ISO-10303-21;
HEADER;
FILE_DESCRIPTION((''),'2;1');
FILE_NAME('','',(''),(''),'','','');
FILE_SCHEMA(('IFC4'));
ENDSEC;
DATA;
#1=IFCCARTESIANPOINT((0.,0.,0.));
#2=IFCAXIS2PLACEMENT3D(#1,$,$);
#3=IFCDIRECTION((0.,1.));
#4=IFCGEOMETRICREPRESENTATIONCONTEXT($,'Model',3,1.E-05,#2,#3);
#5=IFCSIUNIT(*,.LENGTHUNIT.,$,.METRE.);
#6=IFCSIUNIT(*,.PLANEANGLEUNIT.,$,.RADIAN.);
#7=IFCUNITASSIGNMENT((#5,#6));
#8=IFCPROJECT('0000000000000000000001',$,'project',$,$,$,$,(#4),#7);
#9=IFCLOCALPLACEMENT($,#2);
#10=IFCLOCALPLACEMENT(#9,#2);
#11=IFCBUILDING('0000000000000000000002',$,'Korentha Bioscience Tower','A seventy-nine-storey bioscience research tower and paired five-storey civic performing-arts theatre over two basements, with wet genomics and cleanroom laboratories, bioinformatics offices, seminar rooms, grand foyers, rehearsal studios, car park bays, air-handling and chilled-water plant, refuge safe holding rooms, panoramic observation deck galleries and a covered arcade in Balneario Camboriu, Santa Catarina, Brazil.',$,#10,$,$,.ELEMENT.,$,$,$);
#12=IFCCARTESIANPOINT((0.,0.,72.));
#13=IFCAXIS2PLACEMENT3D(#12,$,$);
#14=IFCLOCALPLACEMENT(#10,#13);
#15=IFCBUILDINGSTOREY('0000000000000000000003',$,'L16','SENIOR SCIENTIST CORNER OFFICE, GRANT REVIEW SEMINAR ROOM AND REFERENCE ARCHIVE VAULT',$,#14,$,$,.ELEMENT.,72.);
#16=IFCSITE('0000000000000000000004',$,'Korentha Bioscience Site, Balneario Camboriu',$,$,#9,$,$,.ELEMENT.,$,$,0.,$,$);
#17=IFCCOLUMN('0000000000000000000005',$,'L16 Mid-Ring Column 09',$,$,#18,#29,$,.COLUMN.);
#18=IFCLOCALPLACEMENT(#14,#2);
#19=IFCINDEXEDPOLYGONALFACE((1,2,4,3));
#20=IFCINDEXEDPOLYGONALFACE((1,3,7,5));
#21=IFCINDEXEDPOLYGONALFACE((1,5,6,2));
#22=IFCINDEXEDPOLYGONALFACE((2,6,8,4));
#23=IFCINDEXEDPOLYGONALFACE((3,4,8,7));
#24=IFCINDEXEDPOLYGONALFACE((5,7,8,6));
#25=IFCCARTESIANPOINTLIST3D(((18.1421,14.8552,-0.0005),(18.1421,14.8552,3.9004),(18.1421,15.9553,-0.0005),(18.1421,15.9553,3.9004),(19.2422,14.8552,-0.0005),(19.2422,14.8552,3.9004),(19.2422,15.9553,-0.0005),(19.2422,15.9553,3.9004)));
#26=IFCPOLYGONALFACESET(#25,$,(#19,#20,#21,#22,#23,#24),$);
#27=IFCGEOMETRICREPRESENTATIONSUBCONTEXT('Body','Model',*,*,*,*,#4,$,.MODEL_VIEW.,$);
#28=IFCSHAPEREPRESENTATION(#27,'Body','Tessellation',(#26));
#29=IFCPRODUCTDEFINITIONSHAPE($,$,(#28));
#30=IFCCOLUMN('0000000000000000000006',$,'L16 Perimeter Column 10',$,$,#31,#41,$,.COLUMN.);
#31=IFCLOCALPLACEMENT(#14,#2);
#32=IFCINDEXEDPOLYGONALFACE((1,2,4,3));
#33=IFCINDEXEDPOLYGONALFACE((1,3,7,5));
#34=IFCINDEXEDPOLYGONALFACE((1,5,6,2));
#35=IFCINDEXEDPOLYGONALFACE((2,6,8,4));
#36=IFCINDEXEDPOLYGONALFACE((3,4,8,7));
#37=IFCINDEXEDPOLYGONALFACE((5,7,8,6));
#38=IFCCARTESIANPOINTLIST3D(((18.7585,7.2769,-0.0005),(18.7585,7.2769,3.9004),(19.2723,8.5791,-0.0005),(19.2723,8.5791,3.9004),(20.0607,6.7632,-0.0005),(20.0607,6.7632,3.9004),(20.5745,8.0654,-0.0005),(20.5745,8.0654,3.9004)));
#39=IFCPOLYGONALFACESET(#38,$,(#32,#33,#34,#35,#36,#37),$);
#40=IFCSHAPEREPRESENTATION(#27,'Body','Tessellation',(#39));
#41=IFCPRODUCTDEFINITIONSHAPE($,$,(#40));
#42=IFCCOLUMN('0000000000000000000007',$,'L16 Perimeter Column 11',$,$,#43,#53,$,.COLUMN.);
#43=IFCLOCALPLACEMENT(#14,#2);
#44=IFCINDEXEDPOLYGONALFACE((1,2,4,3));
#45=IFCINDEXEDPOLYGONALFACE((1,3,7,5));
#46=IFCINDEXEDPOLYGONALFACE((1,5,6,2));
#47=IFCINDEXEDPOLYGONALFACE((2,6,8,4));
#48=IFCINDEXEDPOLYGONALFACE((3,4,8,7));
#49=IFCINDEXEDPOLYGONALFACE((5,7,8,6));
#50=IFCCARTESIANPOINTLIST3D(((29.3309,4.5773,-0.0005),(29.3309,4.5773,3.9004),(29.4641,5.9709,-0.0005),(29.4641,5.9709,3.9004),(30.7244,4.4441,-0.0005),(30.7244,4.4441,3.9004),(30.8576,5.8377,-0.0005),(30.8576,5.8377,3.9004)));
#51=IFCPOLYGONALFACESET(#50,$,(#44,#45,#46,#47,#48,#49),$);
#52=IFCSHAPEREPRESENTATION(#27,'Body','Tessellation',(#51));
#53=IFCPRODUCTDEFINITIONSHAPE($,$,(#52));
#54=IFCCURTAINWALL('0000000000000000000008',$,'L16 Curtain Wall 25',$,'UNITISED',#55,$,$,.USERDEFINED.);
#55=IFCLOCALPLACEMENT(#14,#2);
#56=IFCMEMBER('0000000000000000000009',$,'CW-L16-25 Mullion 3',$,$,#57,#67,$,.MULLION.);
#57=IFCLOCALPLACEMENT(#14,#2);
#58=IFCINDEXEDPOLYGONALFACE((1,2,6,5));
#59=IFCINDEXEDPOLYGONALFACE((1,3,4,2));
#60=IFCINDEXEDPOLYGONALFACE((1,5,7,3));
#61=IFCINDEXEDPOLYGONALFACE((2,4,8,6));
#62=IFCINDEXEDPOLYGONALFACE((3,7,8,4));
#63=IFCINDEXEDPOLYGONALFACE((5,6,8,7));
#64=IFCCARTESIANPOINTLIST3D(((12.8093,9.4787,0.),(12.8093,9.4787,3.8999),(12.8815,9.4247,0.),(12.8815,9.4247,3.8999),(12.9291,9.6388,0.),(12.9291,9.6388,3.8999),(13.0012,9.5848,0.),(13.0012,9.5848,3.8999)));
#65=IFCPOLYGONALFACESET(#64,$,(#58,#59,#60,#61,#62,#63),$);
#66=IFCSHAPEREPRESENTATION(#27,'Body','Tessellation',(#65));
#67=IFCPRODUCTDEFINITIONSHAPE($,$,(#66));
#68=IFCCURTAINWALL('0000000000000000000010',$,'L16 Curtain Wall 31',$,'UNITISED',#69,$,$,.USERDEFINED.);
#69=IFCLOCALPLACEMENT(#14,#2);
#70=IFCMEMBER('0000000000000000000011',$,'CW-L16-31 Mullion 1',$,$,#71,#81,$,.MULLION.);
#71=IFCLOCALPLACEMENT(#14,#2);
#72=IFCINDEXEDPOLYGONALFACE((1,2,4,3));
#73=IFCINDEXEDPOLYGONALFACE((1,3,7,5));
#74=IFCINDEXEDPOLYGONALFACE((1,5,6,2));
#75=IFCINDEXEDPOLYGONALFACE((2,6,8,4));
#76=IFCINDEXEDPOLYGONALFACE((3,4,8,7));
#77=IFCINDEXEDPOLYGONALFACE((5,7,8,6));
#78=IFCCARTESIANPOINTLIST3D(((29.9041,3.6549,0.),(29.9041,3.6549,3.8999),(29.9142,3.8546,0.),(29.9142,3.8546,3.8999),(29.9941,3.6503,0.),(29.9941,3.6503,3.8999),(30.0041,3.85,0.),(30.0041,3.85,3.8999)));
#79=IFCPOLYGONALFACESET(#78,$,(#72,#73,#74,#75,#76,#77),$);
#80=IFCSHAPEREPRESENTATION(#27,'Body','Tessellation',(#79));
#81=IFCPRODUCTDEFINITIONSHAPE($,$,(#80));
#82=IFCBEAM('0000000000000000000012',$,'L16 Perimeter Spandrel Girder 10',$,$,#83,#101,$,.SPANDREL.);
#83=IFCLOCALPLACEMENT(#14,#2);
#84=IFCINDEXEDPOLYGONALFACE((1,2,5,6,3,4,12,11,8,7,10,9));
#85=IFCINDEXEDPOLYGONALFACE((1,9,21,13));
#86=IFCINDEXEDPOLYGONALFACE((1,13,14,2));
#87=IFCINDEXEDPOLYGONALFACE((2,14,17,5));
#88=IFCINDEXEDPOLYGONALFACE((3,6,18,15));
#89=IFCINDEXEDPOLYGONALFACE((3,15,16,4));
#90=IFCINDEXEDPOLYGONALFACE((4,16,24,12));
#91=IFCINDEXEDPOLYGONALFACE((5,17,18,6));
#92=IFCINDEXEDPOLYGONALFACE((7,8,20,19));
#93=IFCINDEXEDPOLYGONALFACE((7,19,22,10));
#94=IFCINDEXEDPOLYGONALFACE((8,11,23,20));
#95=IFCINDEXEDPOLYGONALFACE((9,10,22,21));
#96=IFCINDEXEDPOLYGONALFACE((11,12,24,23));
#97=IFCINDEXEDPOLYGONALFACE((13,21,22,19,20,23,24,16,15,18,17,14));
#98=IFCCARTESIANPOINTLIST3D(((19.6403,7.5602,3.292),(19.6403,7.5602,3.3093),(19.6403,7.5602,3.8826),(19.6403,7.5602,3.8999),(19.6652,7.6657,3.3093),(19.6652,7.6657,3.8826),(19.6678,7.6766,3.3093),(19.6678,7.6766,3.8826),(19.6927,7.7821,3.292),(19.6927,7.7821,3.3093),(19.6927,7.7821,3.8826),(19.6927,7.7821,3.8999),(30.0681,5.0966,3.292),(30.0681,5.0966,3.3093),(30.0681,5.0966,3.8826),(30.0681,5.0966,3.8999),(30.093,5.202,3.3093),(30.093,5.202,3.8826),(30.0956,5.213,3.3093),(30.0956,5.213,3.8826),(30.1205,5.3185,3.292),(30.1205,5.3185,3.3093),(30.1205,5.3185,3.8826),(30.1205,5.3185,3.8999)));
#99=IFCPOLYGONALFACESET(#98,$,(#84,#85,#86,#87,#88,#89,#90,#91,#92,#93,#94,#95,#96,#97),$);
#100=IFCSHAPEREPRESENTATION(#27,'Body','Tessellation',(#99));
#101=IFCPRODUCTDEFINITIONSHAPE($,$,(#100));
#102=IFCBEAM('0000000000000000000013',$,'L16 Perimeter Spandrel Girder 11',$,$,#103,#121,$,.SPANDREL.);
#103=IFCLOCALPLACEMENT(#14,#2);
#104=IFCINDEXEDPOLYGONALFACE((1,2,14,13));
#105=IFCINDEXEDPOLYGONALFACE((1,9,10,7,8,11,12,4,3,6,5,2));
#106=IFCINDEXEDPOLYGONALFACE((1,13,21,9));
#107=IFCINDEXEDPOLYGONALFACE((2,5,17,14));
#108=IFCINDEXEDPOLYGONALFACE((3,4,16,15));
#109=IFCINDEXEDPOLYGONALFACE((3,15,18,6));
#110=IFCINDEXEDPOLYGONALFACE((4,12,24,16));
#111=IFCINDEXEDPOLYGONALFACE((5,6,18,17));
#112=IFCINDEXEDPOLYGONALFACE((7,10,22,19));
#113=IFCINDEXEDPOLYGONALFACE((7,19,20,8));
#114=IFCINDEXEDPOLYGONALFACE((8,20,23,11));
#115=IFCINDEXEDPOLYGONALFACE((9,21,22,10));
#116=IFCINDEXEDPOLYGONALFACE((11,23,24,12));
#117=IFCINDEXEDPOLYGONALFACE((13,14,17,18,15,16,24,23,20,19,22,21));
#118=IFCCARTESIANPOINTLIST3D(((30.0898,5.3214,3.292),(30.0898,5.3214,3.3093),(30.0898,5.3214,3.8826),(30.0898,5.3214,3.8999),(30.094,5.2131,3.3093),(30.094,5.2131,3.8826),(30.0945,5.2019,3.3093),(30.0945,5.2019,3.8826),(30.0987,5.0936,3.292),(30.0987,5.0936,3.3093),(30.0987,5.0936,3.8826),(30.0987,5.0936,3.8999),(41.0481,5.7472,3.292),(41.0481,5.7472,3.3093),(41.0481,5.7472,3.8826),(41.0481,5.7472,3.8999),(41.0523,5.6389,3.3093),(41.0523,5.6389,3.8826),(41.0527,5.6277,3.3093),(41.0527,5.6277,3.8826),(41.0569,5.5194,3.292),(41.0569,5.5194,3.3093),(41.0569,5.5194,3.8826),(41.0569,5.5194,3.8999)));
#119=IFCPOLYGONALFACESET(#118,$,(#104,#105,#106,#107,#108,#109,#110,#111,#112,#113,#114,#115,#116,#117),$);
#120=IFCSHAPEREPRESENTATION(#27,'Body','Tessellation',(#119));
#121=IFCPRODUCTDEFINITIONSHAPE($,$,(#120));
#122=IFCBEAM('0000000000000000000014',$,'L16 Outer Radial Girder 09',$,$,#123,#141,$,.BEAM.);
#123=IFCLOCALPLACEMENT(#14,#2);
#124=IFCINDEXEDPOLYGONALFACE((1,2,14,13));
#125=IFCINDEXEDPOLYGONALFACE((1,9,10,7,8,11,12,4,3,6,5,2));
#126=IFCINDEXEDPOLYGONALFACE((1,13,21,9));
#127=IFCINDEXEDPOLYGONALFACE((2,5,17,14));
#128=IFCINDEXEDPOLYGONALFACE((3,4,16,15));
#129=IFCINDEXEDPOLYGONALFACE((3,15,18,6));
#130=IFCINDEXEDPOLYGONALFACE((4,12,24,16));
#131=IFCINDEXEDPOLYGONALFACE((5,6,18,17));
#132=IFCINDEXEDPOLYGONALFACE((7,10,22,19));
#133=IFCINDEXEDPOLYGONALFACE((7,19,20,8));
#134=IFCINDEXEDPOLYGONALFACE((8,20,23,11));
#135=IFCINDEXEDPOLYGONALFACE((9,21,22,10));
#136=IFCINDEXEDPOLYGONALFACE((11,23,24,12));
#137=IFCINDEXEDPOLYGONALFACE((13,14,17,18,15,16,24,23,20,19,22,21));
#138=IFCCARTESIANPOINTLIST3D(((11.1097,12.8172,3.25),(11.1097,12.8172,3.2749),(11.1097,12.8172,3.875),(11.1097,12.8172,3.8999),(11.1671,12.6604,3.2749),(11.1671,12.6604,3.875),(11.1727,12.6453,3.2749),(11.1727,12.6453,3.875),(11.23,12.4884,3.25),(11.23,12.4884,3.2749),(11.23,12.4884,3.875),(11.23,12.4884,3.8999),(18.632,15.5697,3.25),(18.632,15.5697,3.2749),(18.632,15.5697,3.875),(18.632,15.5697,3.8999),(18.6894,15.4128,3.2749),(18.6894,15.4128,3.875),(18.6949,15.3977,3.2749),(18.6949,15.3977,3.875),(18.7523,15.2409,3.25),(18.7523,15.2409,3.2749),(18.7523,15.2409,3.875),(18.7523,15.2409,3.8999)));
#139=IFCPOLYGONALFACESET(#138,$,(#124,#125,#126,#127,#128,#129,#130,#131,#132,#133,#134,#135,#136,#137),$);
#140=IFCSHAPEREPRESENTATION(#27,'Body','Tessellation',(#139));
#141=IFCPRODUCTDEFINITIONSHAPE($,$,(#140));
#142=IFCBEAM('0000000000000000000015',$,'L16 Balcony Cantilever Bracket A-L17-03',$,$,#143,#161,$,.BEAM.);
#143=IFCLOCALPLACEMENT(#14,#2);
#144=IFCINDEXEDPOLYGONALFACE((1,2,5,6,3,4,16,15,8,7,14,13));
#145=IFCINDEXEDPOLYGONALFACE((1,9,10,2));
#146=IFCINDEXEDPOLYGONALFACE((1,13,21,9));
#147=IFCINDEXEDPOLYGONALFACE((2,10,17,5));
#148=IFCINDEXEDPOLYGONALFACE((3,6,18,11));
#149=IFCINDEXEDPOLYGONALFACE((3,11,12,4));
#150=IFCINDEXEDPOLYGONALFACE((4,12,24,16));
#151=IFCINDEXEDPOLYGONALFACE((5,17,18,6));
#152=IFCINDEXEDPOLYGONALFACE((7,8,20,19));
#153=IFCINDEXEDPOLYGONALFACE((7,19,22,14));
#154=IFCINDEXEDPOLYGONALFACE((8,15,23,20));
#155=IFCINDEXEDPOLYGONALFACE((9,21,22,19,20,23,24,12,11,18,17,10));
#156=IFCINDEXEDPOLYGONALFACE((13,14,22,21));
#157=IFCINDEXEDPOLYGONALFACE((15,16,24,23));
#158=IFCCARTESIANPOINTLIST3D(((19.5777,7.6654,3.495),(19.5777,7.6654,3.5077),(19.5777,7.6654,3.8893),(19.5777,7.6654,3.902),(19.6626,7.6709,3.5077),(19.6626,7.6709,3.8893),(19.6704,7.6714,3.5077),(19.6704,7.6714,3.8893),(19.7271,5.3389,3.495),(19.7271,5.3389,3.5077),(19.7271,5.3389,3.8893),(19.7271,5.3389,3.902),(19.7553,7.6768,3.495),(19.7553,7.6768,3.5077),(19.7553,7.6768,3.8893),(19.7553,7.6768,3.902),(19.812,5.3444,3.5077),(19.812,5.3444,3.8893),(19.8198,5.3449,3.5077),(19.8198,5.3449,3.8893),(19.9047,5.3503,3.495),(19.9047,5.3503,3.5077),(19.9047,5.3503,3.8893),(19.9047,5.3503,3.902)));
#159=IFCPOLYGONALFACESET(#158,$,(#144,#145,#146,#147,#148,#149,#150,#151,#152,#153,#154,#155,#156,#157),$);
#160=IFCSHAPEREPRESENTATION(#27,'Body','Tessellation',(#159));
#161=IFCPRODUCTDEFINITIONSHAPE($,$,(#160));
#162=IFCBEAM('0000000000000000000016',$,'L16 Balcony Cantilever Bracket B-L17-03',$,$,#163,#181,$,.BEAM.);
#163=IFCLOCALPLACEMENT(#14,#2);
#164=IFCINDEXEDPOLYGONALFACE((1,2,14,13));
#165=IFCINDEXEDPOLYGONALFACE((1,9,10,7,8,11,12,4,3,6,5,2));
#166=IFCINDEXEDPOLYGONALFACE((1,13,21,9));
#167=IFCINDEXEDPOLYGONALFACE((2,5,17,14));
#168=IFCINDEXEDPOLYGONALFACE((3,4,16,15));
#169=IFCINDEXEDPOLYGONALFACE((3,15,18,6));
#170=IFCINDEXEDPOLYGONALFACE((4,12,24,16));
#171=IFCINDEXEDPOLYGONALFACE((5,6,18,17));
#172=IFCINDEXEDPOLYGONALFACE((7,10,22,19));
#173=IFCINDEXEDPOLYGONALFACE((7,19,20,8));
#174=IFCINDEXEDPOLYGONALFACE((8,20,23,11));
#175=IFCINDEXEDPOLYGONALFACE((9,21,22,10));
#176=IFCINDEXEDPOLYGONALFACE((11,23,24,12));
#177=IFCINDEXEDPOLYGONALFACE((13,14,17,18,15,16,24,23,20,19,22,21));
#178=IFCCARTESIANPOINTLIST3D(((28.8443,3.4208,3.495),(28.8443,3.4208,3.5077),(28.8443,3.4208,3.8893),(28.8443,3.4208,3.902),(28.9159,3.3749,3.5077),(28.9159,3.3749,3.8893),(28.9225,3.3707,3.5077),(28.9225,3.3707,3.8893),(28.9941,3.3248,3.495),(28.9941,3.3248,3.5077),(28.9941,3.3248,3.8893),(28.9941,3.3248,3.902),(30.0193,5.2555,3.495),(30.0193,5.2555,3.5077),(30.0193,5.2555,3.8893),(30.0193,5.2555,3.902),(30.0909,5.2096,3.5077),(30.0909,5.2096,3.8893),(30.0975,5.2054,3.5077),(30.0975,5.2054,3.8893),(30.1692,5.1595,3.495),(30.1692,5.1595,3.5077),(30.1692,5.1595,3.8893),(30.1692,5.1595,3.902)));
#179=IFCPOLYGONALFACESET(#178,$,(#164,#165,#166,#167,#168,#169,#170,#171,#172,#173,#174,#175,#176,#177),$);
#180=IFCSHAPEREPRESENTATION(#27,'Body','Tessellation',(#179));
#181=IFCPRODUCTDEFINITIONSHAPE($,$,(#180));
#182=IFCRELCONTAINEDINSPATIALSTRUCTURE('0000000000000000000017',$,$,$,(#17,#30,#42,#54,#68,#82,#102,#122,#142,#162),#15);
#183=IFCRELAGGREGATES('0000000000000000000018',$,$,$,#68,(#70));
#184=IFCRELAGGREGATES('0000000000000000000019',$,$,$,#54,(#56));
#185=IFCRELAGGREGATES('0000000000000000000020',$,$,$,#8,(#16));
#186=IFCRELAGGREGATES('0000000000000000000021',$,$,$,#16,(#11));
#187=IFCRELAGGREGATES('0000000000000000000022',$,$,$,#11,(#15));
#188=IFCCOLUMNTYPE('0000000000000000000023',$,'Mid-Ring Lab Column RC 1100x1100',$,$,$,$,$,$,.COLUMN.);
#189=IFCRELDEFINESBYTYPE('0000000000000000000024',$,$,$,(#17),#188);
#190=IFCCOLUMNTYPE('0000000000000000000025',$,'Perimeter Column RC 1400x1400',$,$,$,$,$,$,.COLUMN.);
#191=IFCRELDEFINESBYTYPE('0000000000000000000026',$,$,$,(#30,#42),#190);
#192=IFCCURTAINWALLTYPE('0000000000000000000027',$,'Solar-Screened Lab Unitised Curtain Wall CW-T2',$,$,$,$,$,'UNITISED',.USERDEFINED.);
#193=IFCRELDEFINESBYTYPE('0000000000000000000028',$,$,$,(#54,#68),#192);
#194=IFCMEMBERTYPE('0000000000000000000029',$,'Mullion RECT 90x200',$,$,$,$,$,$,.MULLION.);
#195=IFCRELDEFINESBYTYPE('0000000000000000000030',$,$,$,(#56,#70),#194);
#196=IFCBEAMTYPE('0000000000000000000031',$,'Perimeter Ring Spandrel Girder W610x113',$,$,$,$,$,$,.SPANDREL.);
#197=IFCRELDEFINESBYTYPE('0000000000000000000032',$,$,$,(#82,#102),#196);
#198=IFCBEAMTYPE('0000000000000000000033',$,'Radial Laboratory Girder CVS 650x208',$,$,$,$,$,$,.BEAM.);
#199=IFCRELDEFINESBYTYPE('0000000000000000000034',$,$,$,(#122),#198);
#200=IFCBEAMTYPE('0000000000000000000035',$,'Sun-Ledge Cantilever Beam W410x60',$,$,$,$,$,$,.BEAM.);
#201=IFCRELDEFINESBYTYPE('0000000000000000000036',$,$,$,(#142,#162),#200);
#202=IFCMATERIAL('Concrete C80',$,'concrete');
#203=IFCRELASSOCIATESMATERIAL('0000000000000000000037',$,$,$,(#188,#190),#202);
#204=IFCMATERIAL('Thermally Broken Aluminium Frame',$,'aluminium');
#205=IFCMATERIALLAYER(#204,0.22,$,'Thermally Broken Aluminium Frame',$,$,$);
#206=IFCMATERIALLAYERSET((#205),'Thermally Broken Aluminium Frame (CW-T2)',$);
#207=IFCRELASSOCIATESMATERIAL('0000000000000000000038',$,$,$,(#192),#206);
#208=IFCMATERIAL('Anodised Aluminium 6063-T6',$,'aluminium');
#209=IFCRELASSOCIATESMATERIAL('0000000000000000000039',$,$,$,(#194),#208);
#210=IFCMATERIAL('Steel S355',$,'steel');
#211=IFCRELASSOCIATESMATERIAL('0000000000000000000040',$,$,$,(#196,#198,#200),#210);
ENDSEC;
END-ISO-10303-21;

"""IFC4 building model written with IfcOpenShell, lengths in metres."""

from ifc_helpers import new_model, si_unit, direction, frame, origin, origin_2d, place, context, subcontext, project, spatial, rectangle, i_section, extrude, material, layer, layer_set, material_profile, profile_set, type_object, element, aggregate, save


model = new_model("IFC4")

# Units and contexts
model_context = context("Model", 3, precision=1e-05, world=origin(), true_north=direction((0.0, 1.0)))
body_context = subcontext(model_context, "Body", "Model", "MODEL_VIEW")
ifc_project = project(units=[si_unit("LENGTHUNIT", "METRE"), si_unit("PLANEANGLEUNIT", "RADIAN")], contexts=[model_context])

# Site, building, storey
site_placement = place(None, origin())
site = spatial("IfcSite", under=ifc_project, at=site_placement, Name="Korentha Bioscience Site, Balneario Camboriu", CompositionType="ELEMENT", RefElevation=0.0)
building_placement = place(site_placement, origin())
building = spatial("IfcBuilding", under=site, at=building_placement, Name="Korentha Bioscience Tower", Description="A seventy-nine-storey bioscience research tower and paired five-storey civic performing-arts theatre over two basements, with wet genomics and cleanroom laboratories, bioinformatics offices, seminar rooms, grand foyers, rehearsal studios, car park bays, air-handling and chilled-water plant, refuge safe holding rooms, panoramic observation deck galleries and a covered arcade in Balneario Camboriu, Santa Catarina, Brazil.", CompositionType="ELEMENT")
storey_placement = place(building_placement, frame((0.0, 0.0, 72.0)))
storey = spatial("IfcBuildingStorey", under=building, at=storey_placement, Name="L16", Description="SENIOR SCIENTIST CORNER OFFICE, GRANT REVIEW SEMINAR ROOM AND REFERENCE ARCHIVE VAULT", CompositionType="ELEMENT", Elevation=72.0)

# Columns
ifc_material_1 = material(Name="Concrete C80", Category="concrete")
ifc_material_profile_1 = material_profile(ifc_material_1, rectangle(XDim=1.1001, YDim=1.1001, at=origin_2d()), Name="Concrete C80")
ifc_profile_set_1 = profile_set([ifc_material_profile_1], Name="Concrete C80 (COL-MR11)")
column_type_1 = type_object("IfcColumnType", Name="Mid-Ring Lab Column RC 1100x1100", PredefinedType="COLUMN", material=ifc_profile_set_1)
column_placement = place(storey_placement, frame((18.6921, 15.4053, -0.0005), z_axis=(0.0, 0.0, 1.0), x_axis=(1.0, 0.0, 0.0)))
element("IfcColumn", 1, at=column_placement, inside=storey, type_object=column_type_1, Name="L16 Mid-Ring Column 09", PredefinedType="COLUMN", context=body_context, shape_type="SweptSolid", body=[
    extrude(rectangle(XDim=1.1001, YDim=1.1001, at=origin_2d()), origin(), (0.0, 0.0, 1.0), 3.9009),
])
ifc_material_profile_2 = material_profile(ifc_material_1, rectangle(XDim=1.3999, YDim=1.3999, at=origin_2d()), Name="Concrete C80")
ifc_profile_set_2 = profile_set([ifc_material_profile_2], Name="Concrete C80 (COL-P14)")
column_type_2 = type_object("IfcColumnType", Name="Perimeter Column RC 1400x1400", PredefinedType="COLUMN", material=ifc_profile_set_2)
for number, where, z_axis, x_axis, name in (
    (2, (19.6665, 7.6711, -0.0005), (0.0, 0.0, 1.0), (-0.930226, 0.366988, 0.0), "L16 Perimeter Column 10"),
    (3, (30.0942, 5.2075, -0.0005), (0.0, 0.0, 1.0), (-0.995463, 0.095151, 0.0), "L16 Perimeter Column 11"),
):
    element("IfcColumn", number, at=place(storey_placement, frame(where, z_axis=z_axis, x_axis=x_axis)), inside=storey, type_object=column_type_2, Name=name, PredefinedType="COLUMN", context=body_context, shape_type="SweptSolid", body=[
        extrude(rectangle(XDim=1.3999, YDim=1.3999, at=origin_2d()), origin(), (0.0, 0.0, 1.0), 3.9009),
    ])

# Curtain walls, members
ifc_material_2 = material(Name="Thermally Broken Aluminium Frame", Category="aluminium")
ifc_layer_1 = layer(ifc_material_2, 0.22, Name="Thermally Broken Aluminium Frame")
ifc_layer_set_1 = layer_set([ifc_layer_1], Name="Thermally Broken Aluminium Frame (CW-T2)")
curtain_wall_type = type_object("IfcCurtainWallType", Name="Solar-Screened Lab Unitised Curtain Wall CW-T2", ElementType="UNITISED", PredefinedType="USERDEFINED", material=ifc_layer_set_1)
curtain_wall_1_placement = place(storey_placement, origin())
curtain_wall_1 = element("IfcCurtainWall", 4, at=curtain_wall_1_placement, inside=storey, type_object=curtain_wall_type, Name="L16 Curtain Wall 25", ObjectType="UNITISED", PredefinedType="USERDEFINED")
ifc_material_3 = material(Name="Anodised Aluminium 6063-T6", Category="aluminium")
ifc_material_profile_3 = material_profile(ifc_material_3, rectangle(XDim=0.0901, YDim=0.2, at=origin_2d()), Name="Anodised Aluminium 6063-T6")
ifc_profile_set_3 = profile_set([ifc_material_profile_3], Name="Anodised Aluminium 6063-T6 (CW-MUL)")
member_type_1 = type_object("IfcMemberType", Name="Mullion RECT 90x200", PredefinedType="MULLION", material=ifc_profile_set_3)
member_1_placement = place(storey_placement, frame((12.9053, 9.5317, 0.0), z_axis=(0.0, 0.0, 1.0), x_axis=(0.800798, -0.598935, 0.0)))
member_1 = element("IfcMember", 5, at=member_1_placement, type_object=member_type_1, Name="CW-L16-25 Mullion 3", PredefinedType="MULLION", context=body_context, shape_type="SweptSolid", body=[
    extrude(rectangle(XDim=0.0901, YDim=0.2, at=origin_2d()), origin(), (0.0, 0.0, 1.0), 3.8999),
])
curtain_wall_2_placement = place(storey_placement, origin())
curtain_wall_2 = element("IfcCurtainWall", 6, at=curtain_wall_2_placement, inside=storey, type_object=curtain_wall_type, Name="L16 Curtain Wall 31", ObjectType="UNITISED", PredefinedType="USERDEFINED")
member_2_placement = place(storey_placement, frame((29.9541, 3.7524, 0.0), z_axis=(0.0, 0.0, 1.0), x_axis=(0.998731, -0.050371, 0.0)))
member_2 = element("IfcMember", 7, at=member_2_placement, type_object=member_type_1, Name="CW-L16-31 Mullion 1", PredefinedType="MULLION", context=body_context, shape_type="SweptSolid", body=[
    extrude(rectangle(XDim=0.0901, YDim=0.2, at=origin_2d()), origin(), (0.0, 0.0, 1.0), 3.8999),
])

# Beams
ifc_material_4 = material(Name="Steel S355", Category="steel")
ifc_material_profile_4 = material_profile(ifc_material_4, i_section(OverallWidth=0.228, OverallDepth=0.6079, WebThickness=0.0112, FlangeThickness=0.0173, at=origin_2d()), Name="Steel S355")
ifc_profile_set_4 = profile_set([ifc_material_profile_4], Name="Steel S355 (SB-610)")
beam_type_1 = type_object("IfcBeamType", Name="Perimeter Ring Spandrel Girder W610x113", PredefinedType="SPANDREL", material=ifc_profile_set_4)
beam_1_placement = place(storey_placement, frame((19.6665, 7.6711, 3.5959), z_axis=(0.973208, -0.229927, 0.0), x_axis=(0.229927, 0.973208, 0.0)))
element("IfcBeam", 8, at=beam_1_placement, inside=storey, type_object=beam_type_1, Name="L16 Perimeter Spandrel Girder 10", PredefinedType="SPANDREL", context=body_context, shape_type="SweptSolid", body=[
    extrude(i_section(OverallWidth=0.228, OverallDepth=0.6079, WebThickness=0.0112, FlangeThickness=0.0173, at=origin_2d()), origin(), (0.0, 0.0, 1.0), 10.7148),
])
beam_2_placement = place(storey_placement, frame((30.0942, 5.2075, 3.5959), z_axis=(0.999246, 0.038826, 0.0), x_axis=(-0.038826, 0.999246, 0.0)))
element("IfcBeam", 9, at=beam_2_placement, inside=storey, type_object=beam_type_1, Name="L16 Perimeter Spandrel Girder 11", PredefinedType="SPANDREL", context=body_context, shape_type="SweptSolid", body=[
    extrude(i_section(OverallWidth=0.228, OverallDepth=0.6079, WebThickness=0.0112, FlangeThickness=0.0173, at=origin_2d()), origin(), (0.0, 0.0, 1.0), 10.9666),
])
ifc_material_profile_5 = material_profile(ifc_material_4, i_section(OverallWidth=0.3501, OverallDepth=0.6499, WebThickness=0.0161, FlangeThickness=0.0249, at=origin_2d()), Name="Steel S355")
ifc_profile_set_5 = profile_set([ifc_material_profile_5], Name="Steel S355 (RB-650)")
beam_type_2 = type_object("IfcBeamType", Name="Radial Laboratory Girder CVS 650x208", PredefinedType="BEAM", material=ifc_profile_set_5)
beam_3_placement = place(storey_placement, frame((18.6921, 15.4053, 3.575), z_axis=(-0.939106, -0.343627, 0.0), x_axis=(0.343627, -0.939106, 0.0)))
element("IfcBeam", 10, at=beam_3_placement, inside=storey, type_object=beam_type_2, Name="L16 Outer Radial Girder 09", PredefinedType="BEAM", context=body_context, shape_type="SweptSolid", body=[
    extrude(i_section(OverallWidth=0.3501, OverallDepth=0.6499, WebThickness=0.0161, FlangeThickness=0.0249, at=origin_2d()), origin(), (0.0, 0.0, 1.0), 8.01),
])
ifc_material_profile_6 = material_profile(ifc_material_4, i_section(OverallWidth=0.178, OverallDepth=0.407, WebThickness=0.0078, FlangeThickness=0.0127, at=origin_2d()), Name="Steel S355")
ifc_profile_set_6 = profile_set([ifc_material_profile_6], Name="Steel S355 (CB-410)")
beam_type_3 = type_object("IfcBeamType", Name="Sun-Ledge Cantilever Beam W410x60", PredefinedType="BEAM", material=ifc_profile_set_6)
beam_4_placement = place(storey_placement, frame((19.6665, 7.6711, 3.6985), z_axis=(0.064093, -0.997944, 0.0), x_axis=(0.997944, 0.064093, 0.0)))
element("IfcBeam", 11, at=beam_4_placement, inside=storey, type_object=beam_type_3, Name="L16 Balcony Cantilever Bracket A-L17-03", PredefinedType="BEAM", context=body_context, shape_type="SweptSolid", body=[
    extrude(i_section(OverallWidth=0.178, OverallDepth=0.407, WebThickness=0.0078, FlangeThickness=0.0127, at=origin_2d()), origin(), (0.0, 0.0, 1.0), 2.3313),
])
beam_5_placement = place(storey_placement, frame((30.0942, 5.2075, 3.6985), z_axis=(-0.539324, -0.842098, 0.0), x_axis=(0.842098, -0.539324, 0.0)))
element("IfcBeam", 12, at=beam_5_placement, inside=storey, type_object=beam_type_3, Name="L16 Balcony Cantilever Bracket B-L17-03", PredefinedType="BEAM", context=body_context, shape_type="SweptSolid", body=[
    extrude(i_section(OverallWidth=0.178, OverallDepth=0.407, WebThickness=0.0078, FlangeThickness=0.0127, at=origin_2d()), origin(), (0.0, 0.0, 1.0), 2.1787),
])

aggregate(curtain_wall_2, [member_2])

aggregate(curtain_wall_1, [member_1])

save(model, "model.ifc")
